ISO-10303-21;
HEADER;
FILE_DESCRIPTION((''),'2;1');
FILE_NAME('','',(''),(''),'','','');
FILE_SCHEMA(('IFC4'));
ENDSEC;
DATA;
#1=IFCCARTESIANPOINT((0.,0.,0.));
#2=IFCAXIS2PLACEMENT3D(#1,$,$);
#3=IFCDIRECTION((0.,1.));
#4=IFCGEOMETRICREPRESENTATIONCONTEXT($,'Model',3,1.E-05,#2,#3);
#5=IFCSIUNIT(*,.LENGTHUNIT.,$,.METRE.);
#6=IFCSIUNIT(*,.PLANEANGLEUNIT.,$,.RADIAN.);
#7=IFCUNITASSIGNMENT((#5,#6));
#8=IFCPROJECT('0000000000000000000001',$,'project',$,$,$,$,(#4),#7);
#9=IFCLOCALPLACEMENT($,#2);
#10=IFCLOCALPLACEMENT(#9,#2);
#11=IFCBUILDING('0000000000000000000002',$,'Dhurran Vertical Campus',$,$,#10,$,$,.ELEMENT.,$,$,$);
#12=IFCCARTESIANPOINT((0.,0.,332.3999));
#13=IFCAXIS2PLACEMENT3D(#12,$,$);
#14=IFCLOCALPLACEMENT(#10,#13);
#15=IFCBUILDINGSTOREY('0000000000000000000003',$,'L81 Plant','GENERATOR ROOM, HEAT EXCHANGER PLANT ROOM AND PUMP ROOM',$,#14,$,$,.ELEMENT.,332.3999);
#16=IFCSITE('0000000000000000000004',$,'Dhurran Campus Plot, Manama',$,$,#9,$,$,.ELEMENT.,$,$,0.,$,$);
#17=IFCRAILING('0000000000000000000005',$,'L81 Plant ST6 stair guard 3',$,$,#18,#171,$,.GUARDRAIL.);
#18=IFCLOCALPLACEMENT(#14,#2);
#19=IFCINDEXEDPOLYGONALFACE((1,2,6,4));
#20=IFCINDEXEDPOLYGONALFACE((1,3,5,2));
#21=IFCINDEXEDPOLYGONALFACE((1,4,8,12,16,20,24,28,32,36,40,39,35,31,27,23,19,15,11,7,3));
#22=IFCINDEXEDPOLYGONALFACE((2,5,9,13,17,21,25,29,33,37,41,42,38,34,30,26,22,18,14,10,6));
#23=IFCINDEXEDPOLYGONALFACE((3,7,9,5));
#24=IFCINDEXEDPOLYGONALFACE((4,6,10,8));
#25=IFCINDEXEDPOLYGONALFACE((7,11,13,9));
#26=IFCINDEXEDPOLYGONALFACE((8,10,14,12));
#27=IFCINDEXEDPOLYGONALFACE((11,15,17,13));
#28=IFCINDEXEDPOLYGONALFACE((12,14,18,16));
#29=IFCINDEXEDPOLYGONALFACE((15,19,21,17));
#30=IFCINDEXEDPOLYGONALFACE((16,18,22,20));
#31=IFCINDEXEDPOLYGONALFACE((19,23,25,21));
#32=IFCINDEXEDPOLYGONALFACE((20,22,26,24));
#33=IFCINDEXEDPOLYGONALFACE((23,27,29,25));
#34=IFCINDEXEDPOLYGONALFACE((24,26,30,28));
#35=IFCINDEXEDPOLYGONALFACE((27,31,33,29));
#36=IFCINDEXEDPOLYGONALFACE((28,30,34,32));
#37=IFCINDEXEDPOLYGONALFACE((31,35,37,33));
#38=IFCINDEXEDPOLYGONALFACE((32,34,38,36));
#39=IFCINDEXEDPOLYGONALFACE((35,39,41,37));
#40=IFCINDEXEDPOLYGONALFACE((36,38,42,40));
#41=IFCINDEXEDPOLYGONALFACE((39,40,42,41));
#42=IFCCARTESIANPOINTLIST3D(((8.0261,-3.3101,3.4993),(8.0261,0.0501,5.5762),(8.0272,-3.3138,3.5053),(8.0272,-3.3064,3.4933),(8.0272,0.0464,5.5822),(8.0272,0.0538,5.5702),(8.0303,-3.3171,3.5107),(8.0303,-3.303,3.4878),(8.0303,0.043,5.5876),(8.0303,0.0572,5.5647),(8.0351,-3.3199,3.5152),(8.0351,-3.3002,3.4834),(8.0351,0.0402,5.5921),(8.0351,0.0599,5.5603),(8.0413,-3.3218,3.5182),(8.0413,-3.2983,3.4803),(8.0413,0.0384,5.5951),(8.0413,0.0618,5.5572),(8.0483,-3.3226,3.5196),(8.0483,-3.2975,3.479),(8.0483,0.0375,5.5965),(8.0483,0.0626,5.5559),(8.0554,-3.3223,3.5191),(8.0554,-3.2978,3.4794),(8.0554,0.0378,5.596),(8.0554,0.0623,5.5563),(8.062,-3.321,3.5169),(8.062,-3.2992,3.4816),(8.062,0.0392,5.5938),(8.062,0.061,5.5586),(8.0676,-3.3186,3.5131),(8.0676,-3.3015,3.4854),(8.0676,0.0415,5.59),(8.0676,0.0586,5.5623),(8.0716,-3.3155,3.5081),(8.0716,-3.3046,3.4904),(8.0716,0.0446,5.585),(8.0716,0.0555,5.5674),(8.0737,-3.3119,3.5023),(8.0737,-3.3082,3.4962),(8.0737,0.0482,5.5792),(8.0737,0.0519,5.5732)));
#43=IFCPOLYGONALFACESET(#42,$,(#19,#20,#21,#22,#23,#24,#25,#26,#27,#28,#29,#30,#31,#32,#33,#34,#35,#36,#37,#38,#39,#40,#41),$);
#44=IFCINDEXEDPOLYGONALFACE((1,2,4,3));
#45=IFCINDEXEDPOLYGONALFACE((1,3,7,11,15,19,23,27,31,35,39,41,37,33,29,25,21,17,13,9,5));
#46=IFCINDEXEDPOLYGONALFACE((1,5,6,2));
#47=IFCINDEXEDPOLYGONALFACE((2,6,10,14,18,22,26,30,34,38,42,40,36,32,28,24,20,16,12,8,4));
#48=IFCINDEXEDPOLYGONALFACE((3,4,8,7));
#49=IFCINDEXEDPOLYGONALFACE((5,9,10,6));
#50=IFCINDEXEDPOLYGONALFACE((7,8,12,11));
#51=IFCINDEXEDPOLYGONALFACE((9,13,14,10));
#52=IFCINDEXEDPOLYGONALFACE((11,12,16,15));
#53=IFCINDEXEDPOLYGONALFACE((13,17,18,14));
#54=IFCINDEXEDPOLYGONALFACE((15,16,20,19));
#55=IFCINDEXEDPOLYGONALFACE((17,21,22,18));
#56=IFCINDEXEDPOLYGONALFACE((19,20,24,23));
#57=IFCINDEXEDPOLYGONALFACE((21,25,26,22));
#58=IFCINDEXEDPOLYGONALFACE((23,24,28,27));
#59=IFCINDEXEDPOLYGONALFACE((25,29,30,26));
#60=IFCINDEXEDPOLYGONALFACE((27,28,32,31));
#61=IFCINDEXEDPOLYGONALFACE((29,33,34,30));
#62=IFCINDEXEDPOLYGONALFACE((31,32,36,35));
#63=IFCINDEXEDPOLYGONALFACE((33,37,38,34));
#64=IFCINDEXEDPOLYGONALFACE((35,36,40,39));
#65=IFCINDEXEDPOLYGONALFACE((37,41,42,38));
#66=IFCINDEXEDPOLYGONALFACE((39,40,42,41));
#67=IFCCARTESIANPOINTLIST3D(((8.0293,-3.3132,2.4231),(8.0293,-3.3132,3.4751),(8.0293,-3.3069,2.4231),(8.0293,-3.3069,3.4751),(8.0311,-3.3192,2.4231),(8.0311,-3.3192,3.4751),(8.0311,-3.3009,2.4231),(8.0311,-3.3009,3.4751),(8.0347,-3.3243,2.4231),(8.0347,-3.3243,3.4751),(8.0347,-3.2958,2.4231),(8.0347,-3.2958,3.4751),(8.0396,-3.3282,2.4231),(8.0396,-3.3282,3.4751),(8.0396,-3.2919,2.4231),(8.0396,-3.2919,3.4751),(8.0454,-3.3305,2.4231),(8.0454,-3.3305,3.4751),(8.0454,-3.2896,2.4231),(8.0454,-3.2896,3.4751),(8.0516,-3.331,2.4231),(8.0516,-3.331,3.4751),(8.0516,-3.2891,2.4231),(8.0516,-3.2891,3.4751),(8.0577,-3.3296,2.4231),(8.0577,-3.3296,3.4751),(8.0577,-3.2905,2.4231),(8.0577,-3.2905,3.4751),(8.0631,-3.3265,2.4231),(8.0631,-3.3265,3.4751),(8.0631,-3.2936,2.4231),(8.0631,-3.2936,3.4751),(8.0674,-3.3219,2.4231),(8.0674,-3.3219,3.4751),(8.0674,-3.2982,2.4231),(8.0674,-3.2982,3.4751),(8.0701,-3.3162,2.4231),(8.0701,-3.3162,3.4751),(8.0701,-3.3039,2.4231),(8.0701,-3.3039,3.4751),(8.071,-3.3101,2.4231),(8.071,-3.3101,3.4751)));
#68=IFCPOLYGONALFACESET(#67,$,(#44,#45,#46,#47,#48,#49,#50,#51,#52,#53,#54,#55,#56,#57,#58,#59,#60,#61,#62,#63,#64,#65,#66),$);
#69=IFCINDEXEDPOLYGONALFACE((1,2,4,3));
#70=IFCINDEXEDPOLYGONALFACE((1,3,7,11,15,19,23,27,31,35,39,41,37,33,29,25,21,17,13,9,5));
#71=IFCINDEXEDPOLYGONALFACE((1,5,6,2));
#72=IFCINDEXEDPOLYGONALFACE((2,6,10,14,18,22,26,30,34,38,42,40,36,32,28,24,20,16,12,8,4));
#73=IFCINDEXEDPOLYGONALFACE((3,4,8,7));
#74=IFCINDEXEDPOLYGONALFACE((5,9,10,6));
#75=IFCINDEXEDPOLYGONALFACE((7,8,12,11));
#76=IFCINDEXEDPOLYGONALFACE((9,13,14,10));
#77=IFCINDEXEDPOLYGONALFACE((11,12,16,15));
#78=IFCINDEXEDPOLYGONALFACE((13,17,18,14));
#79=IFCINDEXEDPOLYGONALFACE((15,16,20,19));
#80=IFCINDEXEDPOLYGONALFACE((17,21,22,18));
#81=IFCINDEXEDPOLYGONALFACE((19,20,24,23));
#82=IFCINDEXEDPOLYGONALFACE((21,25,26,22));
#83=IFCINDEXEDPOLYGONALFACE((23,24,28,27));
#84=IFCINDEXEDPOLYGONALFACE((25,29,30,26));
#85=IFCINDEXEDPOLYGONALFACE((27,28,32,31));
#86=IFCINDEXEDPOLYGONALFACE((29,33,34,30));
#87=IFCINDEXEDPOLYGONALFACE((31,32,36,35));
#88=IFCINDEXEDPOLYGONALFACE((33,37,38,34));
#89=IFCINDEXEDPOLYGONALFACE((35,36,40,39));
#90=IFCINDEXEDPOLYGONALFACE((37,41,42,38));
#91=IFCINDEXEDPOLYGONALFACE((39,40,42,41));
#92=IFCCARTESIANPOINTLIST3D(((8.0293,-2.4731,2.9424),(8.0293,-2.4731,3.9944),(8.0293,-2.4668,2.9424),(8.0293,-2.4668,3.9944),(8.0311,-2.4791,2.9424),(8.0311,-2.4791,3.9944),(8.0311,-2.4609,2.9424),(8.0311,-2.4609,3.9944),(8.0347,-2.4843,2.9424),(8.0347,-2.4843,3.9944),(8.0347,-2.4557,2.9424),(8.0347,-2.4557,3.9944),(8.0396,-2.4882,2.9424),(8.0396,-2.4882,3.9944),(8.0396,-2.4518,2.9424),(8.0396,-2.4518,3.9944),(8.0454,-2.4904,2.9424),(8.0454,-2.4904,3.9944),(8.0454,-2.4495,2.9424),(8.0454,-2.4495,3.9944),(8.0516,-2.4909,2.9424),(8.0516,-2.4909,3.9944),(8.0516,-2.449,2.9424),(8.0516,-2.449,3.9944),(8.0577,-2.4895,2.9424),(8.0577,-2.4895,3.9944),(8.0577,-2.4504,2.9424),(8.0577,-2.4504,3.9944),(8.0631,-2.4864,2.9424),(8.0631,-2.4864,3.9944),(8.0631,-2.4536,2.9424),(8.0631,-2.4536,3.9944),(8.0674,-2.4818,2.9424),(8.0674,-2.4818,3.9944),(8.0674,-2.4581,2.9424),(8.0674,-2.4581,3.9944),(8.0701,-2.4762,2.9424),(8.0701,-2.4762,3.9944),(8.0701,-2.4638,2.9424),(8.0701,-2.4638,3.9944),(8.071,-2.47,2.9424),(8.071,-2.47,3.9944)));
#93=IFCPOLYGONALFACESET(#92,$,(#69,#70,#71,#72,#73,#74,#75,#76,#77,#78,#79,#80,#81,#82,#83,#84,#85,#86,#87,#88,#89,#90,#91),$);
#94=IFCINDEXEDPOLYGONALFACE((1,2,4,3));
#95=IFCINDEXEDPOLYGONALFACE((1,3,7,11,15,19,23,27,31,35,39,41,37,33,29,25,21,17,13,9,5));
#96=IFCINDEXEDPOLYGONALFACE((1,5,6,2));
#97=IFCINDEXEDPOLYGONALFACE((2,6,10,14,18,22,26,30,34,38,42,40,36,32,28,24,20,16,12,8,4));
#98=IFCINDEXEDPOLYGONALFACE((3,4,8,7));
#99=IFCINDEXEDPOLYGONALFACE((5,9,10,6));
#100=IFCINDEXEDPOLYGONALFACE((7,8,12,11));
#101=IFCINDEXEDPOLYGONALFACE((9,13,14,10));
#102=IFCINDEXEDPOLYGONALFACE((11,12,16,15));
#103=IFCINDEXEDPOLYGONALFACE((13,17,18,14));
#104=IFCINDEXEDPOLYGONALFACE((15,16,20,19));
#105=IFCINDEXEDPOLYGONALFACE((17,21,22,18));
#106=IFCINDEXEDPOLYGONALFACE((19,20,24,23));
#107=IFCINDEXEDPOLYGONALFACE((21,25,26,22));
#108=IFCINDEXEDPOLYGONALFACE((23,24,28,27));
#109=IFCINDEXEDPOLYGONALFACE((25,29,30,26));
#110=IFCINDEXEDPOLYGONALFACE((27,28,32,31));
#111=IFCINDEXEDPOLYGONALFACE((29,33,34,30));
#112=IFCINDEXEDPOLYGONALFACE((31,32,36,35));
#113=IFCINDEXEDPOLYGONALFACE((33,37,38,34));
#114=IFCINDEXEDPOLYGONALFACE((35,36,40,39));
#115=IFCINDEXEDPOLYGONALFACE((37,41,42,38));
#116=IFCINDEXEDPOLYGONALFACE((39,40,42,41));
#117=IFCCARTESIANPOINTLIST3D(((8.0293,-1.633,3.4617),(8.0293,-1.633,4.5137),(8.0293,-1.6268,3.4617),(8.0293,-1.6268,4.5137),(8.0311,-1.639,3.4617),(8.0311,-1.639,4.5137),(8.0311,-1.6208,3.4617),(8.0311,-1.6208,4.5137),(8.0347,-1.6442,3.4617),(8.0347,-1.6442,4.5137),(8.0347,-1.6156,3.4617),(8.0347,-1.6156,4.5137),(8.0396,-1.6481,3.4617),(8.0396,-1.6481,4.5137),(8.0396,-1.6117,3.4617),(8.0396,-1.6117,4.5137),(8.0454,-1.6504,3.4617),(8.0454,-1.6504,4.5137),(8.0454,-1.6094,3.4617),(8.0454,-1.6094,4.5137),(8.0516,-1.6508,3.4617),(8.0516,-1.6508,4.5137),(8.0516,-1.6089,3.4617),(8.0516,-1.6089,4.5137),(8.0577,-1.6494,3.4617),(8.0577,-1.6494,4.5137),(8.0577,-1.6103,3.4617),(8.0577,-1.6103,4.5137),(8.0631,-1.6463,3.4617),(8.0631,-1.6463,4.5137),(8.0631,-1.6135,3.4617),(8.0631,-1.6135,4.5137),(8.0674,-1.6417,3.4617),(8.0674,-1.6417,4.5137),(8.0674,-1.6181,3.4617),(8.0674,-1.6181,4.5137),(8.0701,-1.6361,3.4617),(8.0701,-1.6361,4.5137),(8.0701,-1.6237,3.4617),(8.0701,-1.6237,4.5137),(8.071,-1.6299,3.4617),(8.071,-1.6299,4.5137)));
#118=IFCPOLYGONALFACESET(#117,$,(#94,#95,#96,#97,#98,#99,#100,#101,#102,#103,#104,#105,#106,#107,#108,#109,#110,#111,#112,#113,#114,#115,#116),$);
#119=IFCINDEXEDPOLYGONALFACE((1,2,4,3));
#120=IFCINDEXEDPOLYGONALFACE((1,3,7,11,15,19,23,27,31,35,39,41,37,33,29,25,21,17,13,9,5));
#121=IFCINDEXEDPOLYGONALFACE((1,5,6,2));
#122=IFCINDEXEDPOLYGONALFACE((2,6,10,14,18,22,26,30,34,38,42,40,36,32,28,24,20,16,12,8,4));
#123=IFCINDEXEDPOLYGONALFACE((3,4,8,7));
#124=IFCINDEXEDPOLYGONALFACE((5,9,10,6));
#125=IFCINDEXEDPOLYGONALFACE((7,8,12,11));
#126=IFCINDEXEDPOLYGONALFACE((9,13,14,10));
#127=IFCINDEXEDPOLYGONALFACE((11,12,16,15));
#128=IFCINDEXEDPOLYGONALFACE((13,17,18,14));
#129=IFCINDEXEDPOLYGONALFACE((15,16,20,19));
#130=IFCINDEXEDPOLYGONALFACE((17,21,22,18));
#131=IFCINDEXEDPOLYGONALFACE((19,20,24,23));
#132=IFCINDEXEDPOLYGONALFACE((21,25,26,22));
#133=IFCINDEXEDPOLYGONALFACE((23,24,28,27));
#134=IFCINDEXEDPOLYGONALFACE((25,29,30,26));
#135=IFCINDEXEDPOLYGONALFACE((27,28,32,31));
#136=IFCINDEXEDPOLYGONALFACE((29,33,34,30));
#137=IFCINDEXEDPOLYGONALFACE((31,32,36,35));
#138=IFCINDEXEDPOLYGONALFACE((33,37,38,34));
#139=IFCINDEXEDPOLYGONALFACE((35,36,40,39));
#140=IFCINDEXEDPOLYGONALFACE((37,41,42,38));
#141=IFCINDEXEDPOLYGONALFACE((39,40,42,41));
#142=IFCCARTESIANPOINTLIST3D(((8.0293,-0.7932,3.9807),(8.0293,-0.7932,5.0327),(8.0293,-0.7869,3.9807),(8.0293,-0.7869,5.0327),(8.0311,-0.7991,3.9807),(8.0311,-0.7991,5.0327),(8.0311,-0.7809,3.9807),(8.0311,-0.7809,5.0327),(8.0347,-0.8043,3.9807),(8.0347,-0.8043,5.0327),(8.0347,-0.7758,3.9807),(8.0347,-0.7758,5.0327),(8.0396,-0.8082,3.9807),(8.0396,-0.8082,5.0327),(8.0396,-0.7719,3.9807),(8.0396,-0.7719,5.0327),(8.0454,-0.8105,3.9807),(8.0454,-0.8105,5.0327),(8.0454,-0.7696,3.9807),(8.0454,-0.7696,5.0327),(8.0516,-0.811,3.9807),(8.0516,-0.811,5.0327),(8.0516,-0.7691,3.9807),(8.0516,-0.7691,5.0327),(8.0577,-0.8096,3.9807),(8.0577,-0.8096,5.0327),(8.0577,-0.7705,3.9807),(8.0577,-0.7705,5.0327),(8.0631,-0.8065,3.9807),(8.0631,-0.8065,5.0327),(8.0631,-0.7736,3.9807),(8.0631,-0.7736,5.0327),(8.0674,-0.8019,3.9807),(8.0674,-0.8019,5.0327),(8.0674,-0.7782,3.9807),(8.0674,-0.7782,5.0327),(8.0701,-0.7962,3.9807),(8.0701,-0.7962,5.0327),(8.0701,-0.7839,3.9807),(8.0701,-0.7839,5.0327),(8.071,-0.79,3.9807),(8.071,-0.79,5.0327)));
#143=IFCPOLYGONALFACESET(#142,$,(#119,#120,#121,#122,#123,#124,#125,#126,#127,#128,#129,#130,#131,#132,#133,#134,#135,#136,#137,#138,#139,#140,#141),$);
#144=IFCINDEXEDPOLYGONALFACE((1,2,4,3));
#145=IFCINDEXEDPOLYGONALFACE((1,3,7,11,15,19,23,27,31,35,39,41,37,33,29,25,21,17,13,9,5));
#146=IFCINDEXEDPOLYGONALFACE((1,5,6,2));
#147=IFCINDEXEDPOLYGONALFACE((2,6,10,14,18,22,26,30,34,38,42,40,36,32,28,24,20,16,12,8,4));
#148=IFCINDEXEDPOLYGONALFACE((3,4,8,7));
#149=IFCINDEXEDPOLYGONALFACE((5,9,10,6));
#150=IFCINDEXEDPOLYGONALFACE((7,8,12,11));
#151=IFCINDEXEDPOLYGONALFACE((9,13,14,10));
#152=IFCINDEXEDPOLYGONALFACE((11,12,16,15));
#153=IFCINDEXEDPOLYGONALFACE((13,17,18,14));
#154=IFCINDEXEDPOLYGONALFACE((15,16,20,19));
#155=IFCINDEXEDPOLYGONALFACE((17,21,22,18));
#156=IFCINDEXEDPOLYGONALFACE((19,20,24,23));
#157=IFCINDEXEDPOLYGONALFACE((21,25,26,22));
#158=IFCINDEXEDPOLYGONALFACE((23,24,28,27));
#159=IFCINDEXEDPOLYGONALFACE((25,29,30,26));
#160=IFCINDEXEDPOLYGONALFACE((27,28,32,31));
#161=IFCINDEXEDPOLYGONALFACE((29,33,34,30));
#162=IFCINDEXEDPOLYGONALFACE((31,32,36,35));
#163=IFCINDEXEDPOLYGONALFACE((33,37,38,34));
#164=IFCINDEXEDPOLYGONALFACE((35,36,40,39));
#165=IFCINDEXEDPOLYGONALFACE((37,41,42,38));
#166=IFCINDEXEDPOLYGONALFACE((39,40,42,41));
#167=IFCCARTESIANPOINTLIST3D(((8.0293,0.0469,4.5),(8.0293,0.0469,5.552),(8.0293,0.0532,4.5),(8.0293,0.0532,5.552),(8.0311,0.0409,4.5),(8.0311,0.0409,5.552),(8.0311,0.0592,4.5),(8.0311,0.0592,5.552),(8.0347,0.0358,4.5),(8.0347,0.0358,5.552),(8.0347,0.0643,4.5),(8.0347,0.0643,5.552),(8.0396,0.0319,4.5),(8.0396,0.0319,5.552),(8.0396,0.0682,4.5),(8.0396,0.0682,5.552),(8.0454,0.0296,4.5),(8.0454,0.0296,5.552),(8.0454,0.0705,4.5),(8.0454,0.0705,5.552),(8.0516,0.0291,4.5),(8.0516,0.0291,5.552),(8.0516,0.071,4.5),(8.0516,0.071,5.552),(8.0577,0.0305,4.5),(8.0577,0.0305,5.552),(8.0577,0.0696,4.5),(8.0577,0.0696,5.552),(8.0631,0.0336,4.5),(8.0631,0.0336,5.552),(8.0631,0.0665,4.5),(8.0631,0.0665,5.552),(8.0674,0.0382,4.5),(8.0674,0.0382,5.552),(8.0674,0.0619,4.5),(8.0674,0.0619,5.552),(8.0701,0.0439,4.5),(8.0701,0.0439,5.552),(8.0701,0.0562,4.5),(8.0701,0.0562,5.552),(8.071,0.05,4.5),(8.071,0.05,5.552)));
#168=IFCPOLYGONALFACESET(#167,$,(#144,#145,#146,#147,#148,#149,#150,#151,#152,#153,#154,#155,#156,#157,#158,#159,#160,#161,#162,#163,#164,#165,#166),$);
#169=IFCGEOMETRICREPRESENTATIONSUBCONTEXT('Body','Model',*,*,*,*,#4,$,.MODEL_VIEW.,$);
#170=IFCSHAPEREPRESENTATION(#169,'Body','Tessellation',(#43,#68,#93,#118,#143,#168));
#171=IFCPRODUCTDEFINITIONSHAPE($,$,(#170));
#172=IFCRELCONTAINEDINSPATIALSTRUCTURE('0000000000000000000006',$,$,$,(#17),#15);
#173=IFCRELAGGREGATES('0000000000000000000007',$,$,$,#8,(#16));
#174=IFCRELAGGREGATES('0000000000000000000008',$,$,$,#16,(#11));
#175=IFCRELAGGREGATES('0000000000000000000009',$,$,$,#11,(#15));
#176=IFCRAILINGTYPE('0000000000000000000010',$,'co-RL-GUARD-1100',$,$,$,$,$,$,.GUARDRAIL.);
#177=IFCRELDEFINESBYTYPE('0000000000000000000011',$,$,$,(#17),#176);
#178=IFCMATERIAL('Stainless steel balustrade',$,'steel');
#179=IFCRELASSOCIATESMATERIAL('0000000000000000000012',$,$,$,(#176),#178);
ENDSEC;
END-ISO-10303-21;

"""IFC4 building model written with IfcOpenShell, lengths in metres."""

from ifc_helpers import new_model, si_unit, direction, frame, origin, origin_2d, place, context, subcontext, project, spatial, circle, extrude, material, type_object, element, save


model = new_model("IFC4")

# Units and contexts
model_context = context("Model", 3, precision=1e-05, world=origin(), true_north=direction((0.0, 1.0)))
body_context = subcontext(model_context, "Body", "Model", "MODEL_VIEW")
ifc_project = project(units=[si_unit("LENGTHUNIT", "METRE"), si_unit("PLANEANGLEUNIT", "RADIAN")], contexts=[model_context])

# Site, building, storey
site_placement = place(None, origin())
site = spatial("IfcSite", under=ifc_project, at=site_placement, Name="Dhurran Campus Plot, Manama", CompositionType="ELEMENT", RefElevation=0.0)
building_placement = place(site_placement, origin())
building = spatial("IfcBuilding", under=site, at=building_placement, Name="Dhurran Vertical Campus", CompositionType="ELEMENT")
storey_placement = place(building_placement, frame((0.0, 0.0, 332.3999)))
storey = spatial("IfcBuildingStorey", under=building, at=storey_placement, Name="L81 Plant", Description="GENERATOR ROOM, HEAT EXCHANGER PLANT ROOM AND PUMP ROOM", CompositionType="ELEMENT", Elevation=332.3999)

# Railing
ifc_material_1 = material(Name="Stainless steel balustrade", Category="steel")
railing_type_1 = type_object("IfcRailingType", Name="co-RL-GUARD-1100", PredefinedType="GUARDRAIL", material=ifc_material_1)
railing_1_placement = place(storey_placement, frame((8.05, -3.3101, 2.4231)))
element("IfcRailing", 1, at=railing_1_placement, inside=storey, type_object=railing_type_1, Name="L81 Plant ST6 stair guard 3", PredefinedType="GUARDRAIL", context=body_context, shape_type="SweptSolid", body=[
    extrude(circle(Radius=0.0239, at=origin_2d()), frame((0.0, 0.0, 1.0762), z_axis=(0.0, 0.850623, 0.525776), x_axis=(-1.0, 0.0, 0.0)), (0.0, 0.0, 1.0), 3.9502),
    extrude(circle(Radius=0.021, at=origin_2d()), origin(), (0.0, 0.0, 1.0), 1.052),
    extrude(circle(Radius=0.021, at=origin_2d()), frame((0.0, 0.8401, 0.5193)), (0.0, 0.0, 1.0), 1.052),
    extrude(circle(Radius=0.021, at=origin_2d()), frame((0.0, 1.6802, 1.0386)), (0.0, 0.0, 1.0), 1.052),
    extrude(circle(Radius=0.021, at=origin_2d()), frame((0.0, 2.52, 1.5576)), (0.0, 0.0, 1.0), 1.052),
    extrude(circle(Radius=0.021, at=origin_2d()), frame((0.0, 3.3601, 2.0769)), (0.0, 0.0, 1.0), 1.052),
])

save(model, "model.ifc")
